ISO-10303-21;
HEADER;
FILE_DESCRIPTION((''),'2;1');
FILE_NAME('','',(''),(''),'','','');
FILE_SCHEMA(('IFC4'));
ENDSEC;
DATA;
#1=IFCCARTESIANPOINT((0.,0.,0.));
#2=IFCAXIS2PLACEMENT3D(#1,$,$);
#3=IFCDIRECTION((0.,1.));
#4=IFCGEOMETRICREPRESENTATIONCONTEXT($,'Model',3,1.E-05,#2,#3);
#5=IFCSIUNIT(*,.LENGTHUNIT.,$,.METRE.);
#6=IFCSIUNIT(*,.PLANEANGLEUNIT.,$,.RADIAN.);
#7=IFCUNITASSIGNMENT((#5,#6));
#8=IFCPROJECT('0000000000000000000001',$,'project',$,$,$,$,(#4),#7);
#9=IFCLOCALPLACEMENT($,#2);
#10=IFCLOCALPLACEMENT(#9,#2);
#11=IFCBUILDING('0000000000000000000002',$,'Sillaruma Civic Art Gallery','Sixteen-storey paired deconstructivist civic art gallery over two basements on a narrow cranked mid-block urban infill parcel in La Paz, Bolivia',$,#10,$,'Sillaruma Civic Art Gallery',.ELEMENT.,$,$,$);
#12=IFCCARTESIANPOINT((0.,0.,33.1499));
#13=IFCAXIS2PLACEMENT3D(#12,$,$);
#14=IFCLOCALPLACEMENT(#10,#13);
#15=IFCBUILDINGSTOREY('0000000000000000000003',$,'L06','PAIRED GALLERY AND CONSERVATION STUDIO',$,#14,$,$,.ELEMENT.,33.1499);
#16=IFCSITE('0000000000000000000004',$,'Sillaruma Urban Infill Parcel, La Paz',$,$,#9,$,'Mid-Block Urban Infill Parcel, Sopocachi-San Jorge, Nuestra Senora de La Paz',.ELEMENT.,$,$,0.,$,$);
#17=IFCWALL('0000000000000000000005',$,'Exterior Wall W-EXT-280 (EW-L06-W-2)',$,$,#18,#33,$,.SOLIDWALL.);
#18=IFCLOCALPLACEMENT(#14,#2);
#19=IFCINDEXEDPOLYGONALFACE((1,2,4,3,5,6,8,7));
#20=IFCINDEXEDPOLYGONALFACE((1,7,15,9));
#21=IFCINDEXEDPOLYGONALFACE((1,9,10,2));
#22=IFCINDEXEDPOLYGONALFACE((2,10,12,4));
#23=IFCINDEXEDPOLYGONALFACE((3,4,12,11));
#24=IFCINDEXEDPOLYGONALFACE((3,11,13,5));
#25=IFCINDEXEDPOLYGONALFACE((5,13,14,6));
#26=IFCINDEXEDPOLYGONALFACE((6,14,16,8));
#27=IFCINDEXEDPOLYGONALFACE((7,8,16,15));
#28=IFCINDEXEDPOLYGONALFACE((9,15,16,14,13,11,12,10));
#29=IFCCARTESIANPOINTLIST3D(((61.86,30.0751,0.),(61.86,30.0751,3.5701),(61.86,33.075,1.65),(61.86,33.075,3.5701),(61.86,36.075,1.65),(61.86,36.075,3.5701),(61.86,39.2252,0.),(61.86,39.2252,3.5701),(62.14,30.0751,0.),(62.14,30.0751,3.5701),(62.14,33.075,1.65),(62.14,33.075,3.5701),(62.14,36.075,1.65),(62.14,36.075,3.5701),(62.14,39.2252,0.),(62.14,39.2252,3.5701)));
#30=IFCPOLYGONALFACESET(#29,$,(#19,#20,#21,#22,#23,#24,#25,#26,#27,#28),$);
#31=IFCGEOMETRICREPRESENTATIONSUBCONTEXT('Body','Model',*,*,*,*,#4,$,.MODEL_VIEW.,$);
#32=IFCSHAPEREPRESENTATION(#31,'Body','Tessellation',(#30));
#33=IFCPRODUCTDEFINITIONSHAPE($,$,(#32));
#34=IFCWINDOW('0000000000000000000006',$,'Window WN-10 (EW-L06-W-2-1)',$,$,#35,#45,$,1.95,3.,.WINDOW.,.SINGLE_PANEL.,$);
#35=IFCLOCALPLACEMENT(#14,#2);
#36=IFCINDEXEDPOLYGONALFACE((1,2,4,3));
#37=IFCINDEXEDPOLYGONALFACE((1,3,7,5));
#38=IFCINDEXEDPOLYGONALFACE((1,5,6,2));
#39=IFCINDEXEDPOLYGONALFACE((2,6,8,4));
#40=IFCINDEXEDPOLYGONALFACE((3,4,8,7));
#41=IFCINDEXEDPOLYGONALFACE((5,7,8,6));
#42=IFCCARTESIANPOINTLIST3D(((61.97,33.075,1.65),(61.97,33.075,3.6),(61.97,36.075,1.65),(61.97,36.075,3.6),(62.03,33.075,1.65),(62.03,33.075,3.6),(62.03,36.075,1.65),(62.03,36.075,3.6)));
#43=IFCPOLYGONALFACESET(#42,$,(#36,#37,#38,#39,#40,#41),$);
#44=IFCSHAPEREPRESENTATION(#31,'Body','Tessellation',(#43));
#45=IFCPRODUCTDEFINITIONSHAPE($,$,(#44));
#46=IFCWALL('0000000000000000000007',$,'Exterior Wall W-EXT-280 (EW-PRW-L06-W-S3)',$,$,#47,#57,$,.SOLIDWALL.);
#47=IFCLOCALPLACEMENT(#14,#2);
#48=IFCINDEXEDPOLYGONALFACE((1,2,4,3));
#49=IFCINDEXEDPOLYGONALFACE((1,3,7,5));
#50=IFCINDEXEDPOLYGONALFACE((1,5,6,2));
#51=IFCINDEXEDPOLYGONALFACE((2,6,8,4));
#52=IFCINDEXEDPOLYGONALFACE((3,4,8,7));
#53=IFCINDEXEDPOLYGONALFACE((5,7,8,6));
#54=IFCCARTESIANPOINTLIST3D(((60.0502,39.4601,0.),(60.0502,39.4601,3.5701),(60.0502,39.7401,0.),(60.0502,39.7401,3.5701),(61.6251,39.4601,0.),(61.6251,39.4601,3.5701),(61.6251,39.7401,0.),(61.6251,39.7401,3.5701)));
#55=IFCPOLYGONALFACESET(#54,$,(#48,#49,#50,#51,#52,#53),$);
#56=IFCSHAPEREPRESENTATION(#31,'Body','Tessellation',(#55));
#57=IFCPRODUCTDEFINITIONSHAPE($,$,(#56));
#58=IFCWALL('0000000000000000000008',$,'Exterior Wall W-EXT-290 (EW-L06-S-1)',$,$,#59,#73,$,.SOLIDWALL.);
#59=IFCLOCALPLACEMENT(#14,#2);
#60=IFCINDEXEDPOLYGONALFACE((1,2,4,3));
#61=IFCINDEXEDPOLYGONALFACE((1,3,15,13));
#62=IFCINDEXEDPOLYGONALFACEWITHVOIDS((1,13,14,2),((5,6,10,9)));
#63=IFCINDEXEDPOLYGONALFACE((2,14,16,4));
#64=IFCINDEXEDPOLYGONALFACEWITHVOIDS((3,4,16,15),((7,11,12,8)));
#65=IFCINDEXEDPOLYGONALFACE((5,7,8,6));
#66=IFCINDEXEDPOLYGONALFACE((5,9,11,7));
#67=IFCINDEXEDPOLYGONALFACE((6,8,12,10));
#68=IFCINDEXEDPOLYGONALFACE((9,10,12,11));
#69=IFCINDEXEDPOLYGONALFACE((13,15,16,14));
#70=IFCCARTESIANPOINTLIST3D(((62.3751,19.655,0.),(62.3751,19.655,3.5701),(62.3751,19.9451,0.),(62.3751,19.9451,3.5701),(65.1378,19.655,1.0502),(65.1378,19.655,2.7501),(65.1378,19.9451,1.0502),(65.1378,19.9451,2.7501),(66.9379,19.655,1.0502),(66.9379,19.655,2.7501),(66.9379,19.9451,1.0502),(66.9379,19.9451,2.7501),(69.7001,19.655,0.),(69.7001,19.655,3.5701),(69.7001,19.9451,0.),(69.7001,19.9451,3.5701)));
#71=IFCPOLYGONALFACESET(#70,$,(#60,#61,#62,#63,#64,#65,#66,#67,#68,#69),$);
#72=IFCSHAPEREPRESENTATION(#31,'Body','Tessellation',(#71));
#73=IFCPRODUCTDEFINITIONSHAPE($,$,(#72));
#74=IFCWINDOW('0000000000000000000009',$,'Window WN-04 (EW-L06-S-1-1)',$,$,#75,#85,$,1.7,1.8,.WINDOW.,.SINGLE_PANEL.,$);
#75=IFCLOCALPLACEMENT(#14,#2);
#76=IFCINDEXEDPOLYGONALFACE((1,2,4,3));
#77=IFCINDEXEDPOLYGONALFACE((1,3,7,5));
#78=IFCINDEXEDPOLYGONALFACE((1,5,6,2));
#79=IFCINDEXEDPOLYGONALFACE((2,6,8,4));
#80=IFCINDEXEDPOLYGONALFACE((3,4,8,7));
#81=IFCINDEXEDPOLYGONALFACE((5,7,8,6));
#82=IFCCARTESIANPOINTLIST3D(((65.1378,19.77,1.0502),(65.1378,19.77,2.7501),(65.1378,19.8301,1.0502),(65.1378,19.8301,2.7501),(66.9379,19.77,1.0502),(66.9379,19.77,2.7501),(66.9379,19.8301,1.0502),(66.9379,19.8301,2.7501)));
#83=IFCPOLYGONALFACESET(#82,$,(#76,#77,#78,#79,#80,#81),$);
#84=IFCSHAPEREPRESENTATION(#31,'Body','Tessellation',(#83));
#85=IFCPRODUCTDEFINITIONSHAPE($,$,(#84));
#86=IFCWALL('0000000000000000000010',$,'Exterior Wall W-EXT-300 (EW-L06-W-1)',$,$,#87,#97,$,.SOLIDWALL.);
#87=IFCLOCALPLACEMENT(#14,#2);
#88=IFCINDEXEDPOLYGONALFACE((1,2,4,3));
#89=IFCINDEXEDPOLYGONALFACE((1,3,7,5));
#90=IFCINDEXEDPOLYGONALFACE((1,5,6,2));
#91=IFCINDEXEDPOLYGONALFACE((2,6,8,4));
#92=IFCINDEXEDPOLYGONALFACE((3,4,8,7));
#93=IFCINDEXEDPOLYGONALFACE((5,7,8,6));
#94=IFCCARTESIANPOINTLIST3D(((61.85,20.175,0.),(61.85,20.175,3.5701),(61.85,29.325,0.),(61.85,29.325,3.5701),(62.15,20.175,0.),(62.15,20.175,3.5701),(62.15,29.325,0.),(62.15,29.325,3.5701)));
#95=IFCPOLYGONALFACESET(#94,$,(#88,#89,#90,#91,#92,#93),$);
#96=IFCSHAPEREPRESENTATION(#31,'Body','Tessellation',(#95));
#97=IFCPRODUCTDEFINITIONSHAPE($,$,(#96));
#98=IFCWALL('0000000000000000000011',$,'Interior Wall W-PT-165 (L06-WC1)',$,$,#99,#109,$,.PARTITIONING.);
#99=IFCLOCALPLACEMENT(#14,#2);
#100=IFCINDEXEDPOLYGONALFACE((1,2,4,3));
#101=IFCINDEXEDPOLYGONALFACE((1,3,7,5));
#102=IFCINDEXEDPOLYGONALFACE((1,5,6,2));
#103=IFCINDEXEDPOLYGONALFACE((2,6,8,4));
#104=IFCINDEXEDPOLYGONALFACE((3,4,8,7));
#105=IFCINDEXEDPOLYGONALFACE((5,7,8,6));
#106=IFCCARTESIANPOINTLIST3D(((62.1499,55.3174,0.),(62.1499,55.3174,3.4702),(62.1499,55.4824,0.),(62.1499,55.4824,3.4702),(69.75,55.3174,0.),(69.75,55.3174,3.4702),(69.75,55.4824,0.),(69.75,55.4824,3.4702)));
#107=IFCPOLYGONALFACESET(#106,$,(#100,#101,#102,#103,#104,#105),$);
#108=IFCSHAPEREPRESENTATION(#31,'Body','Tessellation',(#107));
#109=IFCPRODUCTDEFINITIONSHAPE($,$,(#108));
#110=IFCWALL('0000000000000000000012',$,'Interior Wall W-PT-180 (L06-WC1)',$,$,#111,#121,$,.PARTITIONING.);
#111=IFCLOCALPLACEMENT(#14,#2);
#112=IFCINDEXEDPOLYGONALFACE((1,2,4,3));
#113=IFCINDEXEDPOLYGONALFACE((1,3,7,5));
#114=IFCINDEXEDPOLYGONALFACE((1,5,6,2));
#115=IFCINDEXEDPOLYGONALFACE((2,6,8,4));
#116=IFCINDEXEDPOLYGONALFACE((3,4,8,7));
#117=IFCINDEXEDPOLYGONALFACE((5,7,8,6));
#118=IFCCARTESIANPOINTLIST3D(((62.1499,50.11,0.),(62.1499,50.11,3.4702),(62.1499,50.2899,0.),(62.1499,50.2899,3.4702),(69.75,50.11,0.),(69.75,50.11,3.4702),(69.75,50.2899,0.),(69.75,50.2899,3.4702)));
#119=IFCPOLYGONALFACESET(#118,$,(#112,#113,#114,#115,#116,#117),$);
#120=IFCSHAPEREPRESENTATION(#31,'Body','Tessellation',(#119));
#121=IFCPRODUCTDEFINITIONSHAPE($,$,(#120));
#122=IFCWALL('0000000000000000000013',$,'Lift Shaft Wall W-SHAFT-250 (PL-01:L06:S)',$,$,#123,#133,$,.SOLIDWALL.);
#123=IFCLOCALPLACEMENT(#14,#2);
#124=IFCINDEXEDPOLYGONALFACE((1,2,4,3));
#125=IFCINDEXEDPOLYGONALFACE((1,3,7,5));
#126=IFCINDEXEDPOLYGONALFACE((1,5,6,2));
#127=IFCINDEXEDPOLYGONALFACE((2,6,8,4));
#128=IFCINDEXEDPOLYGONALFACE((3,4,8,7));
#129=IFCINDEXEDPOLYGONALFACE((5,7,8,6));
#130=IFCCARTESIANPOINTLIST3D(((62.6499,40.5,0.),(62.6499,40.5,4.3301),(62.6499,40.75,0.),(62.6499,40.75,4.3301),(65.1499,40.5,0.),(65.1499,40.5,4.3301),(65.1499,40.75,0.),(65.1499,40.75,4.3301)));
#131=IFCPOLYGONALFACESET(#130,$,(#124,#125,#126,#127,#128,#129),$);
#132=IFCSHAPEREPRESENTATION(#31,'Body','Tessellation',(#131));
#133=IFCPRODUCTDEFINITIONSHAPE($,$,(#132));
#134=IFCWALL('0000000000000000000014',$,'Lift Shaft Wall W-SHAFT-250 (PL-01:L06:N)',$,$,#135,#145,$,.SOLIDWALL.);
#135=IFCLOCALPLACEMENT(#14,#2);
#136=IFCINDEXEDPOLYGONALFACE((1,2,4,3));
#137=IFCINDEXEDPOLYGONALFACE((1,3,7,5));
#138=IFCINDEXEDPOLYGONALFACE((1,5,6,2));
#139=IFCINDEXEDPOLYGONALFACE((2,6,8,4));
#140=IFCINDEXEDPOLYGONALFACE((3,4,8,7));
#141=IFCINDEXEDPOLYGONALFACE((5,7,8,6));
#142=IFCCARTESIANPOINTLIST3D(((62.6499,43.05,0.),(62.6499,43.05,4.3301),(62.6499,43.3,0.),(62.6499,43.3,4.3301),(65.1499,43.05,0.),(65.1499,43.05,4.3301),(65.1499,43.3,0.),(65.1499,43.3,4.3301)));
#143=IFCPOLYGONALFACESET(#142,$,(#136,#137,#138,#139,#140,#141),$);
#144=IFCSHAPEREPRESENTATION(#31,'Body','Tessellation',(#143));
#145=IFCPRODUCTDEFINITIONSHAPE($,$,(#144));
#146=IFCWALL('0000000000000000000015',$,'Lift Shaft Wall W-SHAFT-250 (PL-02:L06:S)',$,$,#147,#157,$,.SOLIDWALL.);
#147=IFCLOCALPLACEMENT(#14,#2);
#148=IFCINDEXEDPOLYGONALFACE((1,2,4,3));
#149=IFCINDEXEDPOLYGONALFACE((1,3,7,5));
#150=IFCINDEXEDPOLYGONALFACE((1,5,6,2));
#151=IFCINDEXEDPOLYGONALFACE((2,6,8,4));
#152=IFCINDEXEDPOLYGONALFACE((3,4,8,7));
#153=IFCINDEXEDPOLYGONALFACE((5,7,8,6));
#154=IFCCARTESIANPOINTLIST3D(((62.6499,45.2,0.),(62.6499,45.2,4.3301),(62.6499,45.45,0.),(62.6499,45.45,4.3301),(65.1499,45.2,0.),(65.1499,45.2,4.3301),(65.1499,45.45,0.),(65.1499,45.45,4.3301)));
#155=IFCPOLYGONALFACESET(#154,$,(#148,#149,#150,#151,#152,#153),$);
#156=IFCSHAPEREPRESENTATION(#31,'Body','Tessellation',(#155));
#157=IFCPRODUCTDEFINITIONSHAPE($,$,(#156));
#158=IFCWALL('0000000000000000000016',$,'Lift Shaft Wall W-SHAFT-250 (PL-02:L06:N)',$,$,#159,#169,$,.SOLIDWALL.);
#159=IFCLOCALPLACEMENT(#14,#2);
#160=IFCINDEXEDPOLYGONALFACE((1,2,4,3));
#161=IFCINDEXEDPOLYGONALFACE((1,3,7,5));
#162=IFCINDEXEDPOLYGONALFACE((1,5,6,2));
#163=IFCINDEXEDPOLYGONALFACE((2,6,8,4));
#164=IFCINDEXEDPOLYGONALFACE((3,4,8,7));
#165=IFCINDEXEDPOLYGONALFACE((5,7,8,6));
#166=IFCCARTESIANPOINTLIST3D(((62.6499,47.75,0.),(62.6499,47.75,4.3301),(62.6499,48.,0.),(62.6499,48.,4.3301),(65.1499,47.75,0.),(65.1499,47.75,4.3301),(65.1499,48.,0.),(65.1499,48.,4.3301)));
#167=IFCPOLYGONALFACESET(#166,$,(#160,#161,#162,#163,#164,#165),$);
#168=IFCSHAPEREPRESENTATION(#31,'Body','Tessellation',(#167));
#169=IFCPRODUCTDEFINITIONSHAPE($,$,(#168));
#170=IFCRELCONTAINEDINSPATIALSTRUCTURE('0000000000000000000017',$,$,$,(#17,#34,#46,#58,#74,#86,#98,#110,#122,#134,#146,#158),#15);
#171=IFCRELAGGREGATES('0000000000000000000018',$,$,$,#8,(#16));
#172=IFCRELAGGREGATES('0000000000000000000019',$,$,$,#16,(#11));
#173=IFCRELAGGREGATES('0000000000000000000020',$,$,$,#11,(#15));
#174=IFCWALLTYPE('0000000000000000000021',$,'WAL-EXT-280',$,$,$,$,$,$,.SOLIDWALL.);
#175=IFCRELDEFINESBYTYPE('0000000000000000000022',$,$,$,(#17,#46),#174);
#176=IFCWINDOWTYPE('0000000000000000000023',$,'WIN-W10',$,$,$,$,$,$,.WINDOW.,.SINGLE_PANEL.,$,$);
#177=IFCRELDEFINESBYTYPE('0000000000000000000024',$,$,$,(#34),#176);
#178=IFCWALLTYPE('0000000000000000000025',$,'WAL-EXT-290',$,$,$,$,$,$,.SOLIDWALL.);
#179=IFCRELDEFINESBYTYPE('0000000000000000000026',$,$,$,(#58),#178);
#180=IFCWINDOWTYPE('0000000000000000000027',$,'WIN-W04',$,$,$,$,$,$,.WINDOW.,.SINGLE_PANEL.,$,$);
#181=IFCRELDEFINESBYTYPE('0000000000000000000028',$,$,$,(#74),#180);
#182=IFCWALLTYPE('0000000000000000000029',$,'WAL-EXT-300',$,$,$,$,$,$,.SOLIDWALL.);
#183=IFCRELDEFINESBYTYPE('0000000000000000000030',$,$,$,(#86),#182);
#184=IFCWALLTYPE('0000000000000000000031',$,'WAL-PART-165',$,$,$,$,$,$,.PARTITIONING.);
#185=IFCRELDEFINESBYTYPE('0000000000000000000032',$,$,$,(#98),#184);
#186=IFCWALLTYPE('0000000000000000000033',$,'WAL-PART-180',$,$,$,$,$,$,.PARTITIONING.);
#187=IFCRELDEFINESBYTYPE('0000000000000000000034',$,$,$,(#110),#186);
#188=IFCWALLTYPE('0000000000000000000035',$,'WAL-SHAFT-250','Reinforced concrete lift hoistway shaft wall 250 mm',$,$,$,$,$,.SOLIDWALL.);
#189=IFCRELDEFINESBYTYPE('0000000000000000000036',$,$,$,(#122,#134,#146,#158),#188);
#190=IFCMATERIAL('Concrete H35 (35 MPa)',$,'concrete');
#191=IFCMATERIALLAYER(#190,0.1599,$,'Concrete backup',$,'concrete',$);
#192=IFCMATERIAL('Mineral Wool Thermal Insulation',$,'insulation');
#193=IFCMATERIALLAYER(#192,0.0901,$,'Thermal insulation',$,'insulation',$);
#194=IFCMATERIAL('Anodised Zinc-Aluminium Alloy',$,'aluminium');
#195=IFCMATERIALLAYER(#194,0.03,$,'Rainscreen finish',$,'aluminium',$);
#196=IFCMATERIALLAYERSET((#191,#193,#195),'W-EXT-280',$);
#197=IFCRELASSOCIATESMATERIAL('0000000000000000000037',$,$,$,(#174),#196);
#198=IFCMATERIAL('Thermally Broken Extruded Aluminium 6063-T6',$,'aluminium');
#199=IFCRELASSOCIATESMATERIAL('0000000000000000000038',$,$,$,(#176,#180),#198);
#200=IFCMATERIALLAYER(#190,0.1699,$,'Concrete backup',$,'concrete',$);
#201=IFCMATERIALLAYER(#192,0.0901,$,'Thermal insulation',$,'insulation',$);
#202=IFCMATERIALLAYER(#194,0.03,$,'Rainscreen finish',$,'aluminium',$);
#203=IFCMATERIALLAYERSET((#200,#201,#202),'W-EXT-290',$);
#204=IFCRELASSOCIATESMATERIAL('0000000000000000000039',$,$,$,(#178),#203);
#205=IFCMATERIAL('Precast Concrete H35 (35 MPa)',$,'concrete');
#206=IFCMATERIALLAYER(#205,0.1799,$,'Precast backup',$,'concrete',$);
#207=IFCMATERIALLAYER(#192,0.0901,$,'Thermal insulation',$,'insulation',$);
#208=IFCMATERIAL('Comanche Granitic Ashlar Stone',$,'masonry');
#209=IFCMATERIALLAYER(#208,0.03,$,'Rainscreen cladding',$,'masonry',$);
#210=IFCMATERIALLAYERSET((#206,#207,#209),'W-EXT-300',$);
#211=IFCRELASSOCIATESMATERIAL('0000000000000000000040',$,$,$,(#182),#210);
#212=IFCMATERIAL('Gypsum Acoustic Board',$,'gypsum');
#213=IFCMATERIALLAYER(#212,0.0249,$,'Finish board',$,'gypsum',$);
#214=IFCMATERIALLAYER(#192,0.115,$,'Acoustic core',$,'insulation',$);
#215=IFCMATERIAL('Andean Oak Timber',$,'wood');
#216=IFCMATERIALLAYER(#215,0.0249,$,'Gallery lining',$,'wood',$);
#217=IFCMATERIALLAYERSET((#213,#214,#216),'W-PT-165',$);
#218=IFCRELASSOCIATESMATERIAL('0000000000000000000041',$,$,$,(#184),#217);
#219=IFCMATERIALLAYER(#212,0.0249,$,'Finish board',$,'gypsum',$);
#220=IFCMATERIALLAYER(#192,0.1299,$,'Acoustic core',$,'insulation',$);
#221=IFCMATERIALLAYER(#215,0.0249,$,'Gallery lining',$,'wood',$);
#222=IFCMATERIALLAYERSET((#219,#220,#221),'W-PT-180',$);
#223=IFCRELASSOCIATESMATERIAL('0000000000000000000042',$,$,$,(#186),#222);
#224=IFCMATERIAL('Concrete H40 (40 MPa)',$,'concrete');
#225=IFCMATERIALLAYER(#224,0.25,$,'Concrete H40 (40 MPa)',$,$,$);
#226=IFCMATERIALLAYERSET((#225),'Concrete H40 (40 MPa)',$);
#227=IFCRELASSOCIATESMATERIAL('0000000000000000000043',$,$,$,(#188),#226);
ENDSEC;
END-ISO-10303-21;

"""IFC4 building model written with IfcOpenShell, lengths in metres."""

from ifc_helpers import new_model, si_unit, direction, frame, frame_2d, origin, place, context, subcontext, project, spatial, rectangle, extrude, material, layer, layer_set, type_object, element, fill, save


model = new_model("IFC4")

# Units and contexts
model_context = context("Model", 3, precision=1e-05, world=origin(), true_north=direction((0.0, 1.0)))
body_context = subcontext(model_context, "Body", "Model", "MODEL_VIEW")
ifc_project = project(units=[si_unit("LENGTHUNIT", "METRE"), si_unit("PLANEANGLEUNIT", "RADIAN")], contexts=[model_context])

# Site, building, storey
site_placement = place(None, origin())
site = spatial("IfcSite", under=ifc_project, at=site_placement, Name="Sillaruma Urban Infill Parcel, La Paz", LongName="Mid-Block Urban Infill Parcel, Sopocachi-San Jorge, Nuestra Senora de La Paz", CompositionType="ELEMENT", RefElevation=0.0)
building_placement = place(site_placement, origin())
building = spatial("IfcBuilding", under=site, at=building_placement, Name="Sillaruma Civic Art Gallery", Description="Sixteen-storey paired deconstructivist civic art gallery over two basements on a narrow cranked mid-block urban infill parcel in La Paz, Bolivia", LongName="Sillaruma Civic Art Gallery", CompositionType="ELEMENT")
storey_placement = place(building_placement, frame((0.0, 0.0, 33.1499)))
storey = spatial("IfcBuildingStorey", under=building, at=storey_placement, Name="L06", Description="PAIRED GALLERY AND CONSERVATION STUDIO", CompositionType="ELEMENT", Elevation=33.1499)

# Shared definitions
ifc_material_1 = material(Name="Concrete H40 (40 MPa)", Category="concrete")

# Shared definitions
ifc_material_2 = material(Name="Concrete H35 (35 MPa)", Category="concrete")

# Shared definitions
ifc_material_3 = material(Name="Thermally Broken Extruded Aluminium 6063-T6", Category="aluminium")

# Wall, opening, window
ifc_layer_1 = layer(ifc_material_2, 0.1599, Name="Concrete backup", Category="concrete")
ifc_material_4 = material(Name="Mineral Wool Thermal Insulation", Category="insulation")
ifc_layer_2 = layer(ifc_material_4, 0.0901, Name="Thermal insulation", Category="insulation")
ifc_material_5 = material(Name="Anodised Zinc-Aluminium Alloy", Category="aluminium")
ifc_layer_3 = layer(ifc_material_5, 0.03, Name="Rainscreen finish", Category="aluminium")
ifc_layer_set_1 = layer_set([ifc_layer_1, ifc_layer_2, ifc_layer_3], Name="W-EXT-280")
wall_type_1 = type_object("IfcWallType", Name="WAL-EXT-280", PredefinedType="SOLIDWALL", material=ifc_layer_set_1)
wall_1_placement = place(storey_placement, frame((62.0, 30.075, 0.0), z_axis=(0.0, 0.0, 1.0), x_axis=(0.0, 1.0, 0.0)))
wall_1 = element("IfcWall", 1, at=wall_1_placement, inside=storey, type_object=wall_type_1, Name="Exterior Wall W-EXT-280 (EW-L06-W-2)", PredefinedType="SOLIDWALL", context=body_context, shape_type="SweptSolid", body=[
    extrude(rectangle(XDim=9.1501, YDim=0.28, at=frame_2d((4.5752, 0.0))), origin(), (0.0, 0.0, 1.0), 3.5701),
])
opening_1_placement = place(wall_1_placement, frame((3.0, 0.0, 1.6499)))
opening_1 = element("IfcOpeningElement", 2, at=opening_1_placement, cuts=wall_1, PredefinedType="OPENING", context=body_context, shape_type="SweptSolid", body=[
    extrude(rectangle(XDim=3.0, YDim=1.95, at=frame_2d((1.5, 0.9751))), frame((0.0, 0.1499, 0.0), z_axis=(0.0, -1.0, 0.0), x_axis=(1.0, 0.0, 0.0)), (0.0, 0.0, 1.0), 0.3),
])
window_type_1 = type_object("IfcWindowType", Name="WIN-W10", PartitioningType="SINGLE_PANEL", PredefinedType="WINDOW", material=ifc_material_3)
window_1_placement = place(opening_1_placement, origin())
window_1 = element("IfcWindow", 3, at=window_1_placement, inside=storey, type_object=window_type_1, Name="Window WN-10 (EW-L06-W-2-1)", OverallHeight=1.95, OverallWidth=3.0, PartitioningType="SINGLE_PANEL", PredefinedType="WINDOW", context=body_context, shape_type="SweptSolid", body=[
    extrude(rectangle(XDim=3.0, YDim=1.95, at=frame_2d((1.5, 0.9751))), frame((0.0, 0.03, 0.0), z_axis=(0.0, -1.0, 0.0), x_axis=(1.0, 0.0, 0.0)), (0.0, 0.0, 1.0), 0.0601),
])
fill(opening_1, window_1)

# Wall
wall_2_placement = place(storey_placement, frame((60.05, 39.6001, 0.0), z_axis=(0.0, 0.0, 1.0), x_axis=(1.0, 0.0, 0.0)))
element("IfcWall", 4, at=wall_2_placement, inside=storey, type_object=wall_type_1, Name="Exterior Wall W-EXT-280 (EW-PRW-L06-W-S3)", PredefinedType="SOLIDWALL", context=body_context, shape_type="SweptSolid", body=[
    extrude(rectangle(XDim=1.575, YDim=0.28, at=frame_2d((0.7876, 0.0))), origin(), (0.0, 0.0, 1.0), 3.5701),
])

# Wall, opening, window
ifc_layer_4 = layer(ifc_material_2, 0.1699, Name="Concrete backup", Category="concrete")
ifc_layer_5 = layer(ifc_material_4, 0.0901, Name="Thermal insulation", Category="insulation")
ifc_layer_6 = layer(ifc_material_5, 0.03, Name="Rainscreen finish", Category="aluminium")
ifc_layer_set_2 = layer_set([ifc_layer_4, ifc_layer_5, ifc_layer_6], Name="W-EXT-290")
wall_type_2 = type_object("IfcWallType", Name="WAL-EXT-290", PredefinedType="SOLIDWALL", material=ifc_layer_set_2)
wall_3_placement = place(storey_placement, frame((62.375, 19.8, 0.0), z_axis=(0.0, 0.0, 1.0), x_axis=(1.0, 0.0, 0.0)))
wall_3 = element("IfcWall", 5, at=wall_3_placement, inside=storey, type_object=wall_type_2, Name="Exterior Wall W-EXT-290 (EW-L06-S-1)", PredefinedType="SOLIDWALL", context=body_context, shape_type="SweptSolid", body=[
    extrude(rectangle(XDim=7.325, YDim=0.29, at=frame_2d((3.6626, 0.0))), origin(), (0.0, 0.0, 1.0), 3.5701),
])
opening_2_placement = place(wall_3_placement, frame((2.7629, 0.0, 1.05)))
opening_2 = element("IfcOpeningElement", 6, at=opening_2_placement, cuts=wall_3, PredefinedType="OPENING", context=body_context, shape_type="SweptSolid", body=[
    extrude(rectangle(XDim=1.8, YDim=1.7, at=frame_2d((0.8999, 0.8501))), frame((0.0, 0.155, 0.0), z_axis=(0.0, -1.0, 0.0), x_axis=(1.0, 0.0, 0.0)), (0.0, 0.0, 1.0), 0.3101),
])
window_type_2 = type_object("IfcWindowType", Name="WIN-W04", PartitioningType="SINGLE_PANEL", PredefinedType="WINDOW", material=ifc_material_3)
window_2_placement = place(opening_2_placement, origin())
window_2 = element("IfcWindow", 7, at=window_2_placement, inside=storey, type_object=window_type_2, Name="Window WN-04 (EW-L06-S-1-1)", OverallHeight=1.7, OverallWidth=1.8, PartitioningType="SINGLE_PANEL", PredefinedType="WINDOW", context=body_context, shape_type="SweptSolid", body=[
    extrude(rectangle(XDim=1.8, YDim=1.7, at=frame_2d((0.8999, 0.8501))), frame((0.0, 0.03, 0.0), z_axis=(0.0, -1.0, 0.0), x_axis=(1.0, 0.0, 0.0)), (0.0, 0.0, 1.0), 0.0601),
])
fill(opening_2, window_2)

# Walls
ifc_material_6 = material(Name="Precast Concrete H35 (35 MPa)", Category="concrete")
ifc_layer_7 = layer(ifc_material_6, 0.1799, Name="Precast backup", Category="concrete")
ifc_layer_8 = layer(ifc_material_4, 0.0901, Name="Thermal insulation", Category="insulation")
ifc_material_7 = material(Name="Comanche Granitic Ashlar Stone", Category="masonry")
ifc_layer_9 = layer(ifc_material_7, 0.03, Name="Rainscreen cladding", Category="masonry")
ifc_layer_set_3 = layer_set([ifc_layer_7, ifc_layer_8, ifc_layer_9], Name="W-EXT-300")
wall_type_3 = type_object("IfcWallType", Name="WAL-EXT-300", PredefinedType="SOLIDWALL", material=ifc_layer_set_3)
wall_4_placement = place(storey_placement, frame((62.0, 20.175, 0.0), z_axis=(0.0, 0.0, 1.0), x_axis=(0.0, 1.0, 0.0)))
element("IfcWall", 8, at=wall_4_placement, inside=storey, type_object=wall_type_3, Name="Exterior Wall W-EXT-300 (EW-L06-W-1)", PredefinedType="SOLIDWALL", context=body_context, shape_type="SweptSolid", body=[
    extrude(rectangle(XDim=9.1499, YDim=0.3, at=frame_2d((4.575, 0.0))), origin(), (0.0, 0.0, 1.0), 3.5701),
])
ifc_material_8 = material(Name="Gypsum Acoustic Board", Category="gypsum")
ifc_layer_10 = layer(ifc_material_8, 0.0249, Name="Finish board", Category="gypsum")
ifc_layer_11 = layer(ifc_material_4, 0.115, Name="Acoustic core", Category="insulation")
ifc_material_9 = material(Name="Andean Oak Timber", Category="wood")
ifc_layer_12 = layer(ifc_material_9, 0.0249, Name="Gallery lining", Category="wood")
ifc_layer_set_4 = layer_set([ifc_layer_10, ifc_layer_11, ifc_layer_12], Name="W-PT-165")
wall_type_4 = type_object("IfcWallType", Name="WAL-PART-165", PredefinedType="PARTITIONING", material=ifc_layer_set_4)
wall_5_placement = place(storey_placement, frame((62.1499, 55.3999, 0.0), z_axis=(0.0, 0.0, 1.0), x_axis=(1.0, 0.0, 0.0)))
element("IfcWall", 9, at=wall_5_placement, inside=storey, type_object=wall_type_4, Name="Interior Wall W-PT-165 (L06-WC1)", PredefinedType="PARTITIONING", context=body_context, shape_type="SweptSolid", body=[
    extrude(rectangle(XDim=7.6001, YDim=0.165, at=frame_2d((3.8, 0.0))), origin(), (0.0, 0.0, 1.0), 3.4702),
])
ifc_layer_13 = layer(ifc_material_8, 0.0249, Name="Finish board", Category="gypsum")
ifc_layer_14 = layer(ifc_material_4, 0.1299, Name="Acoustic core", Category="insulation")
ifc_layer_15 = layer(ifc_material_9, 0.0249, Name="Gallery lining", Category="wood")
ifc_layer_set_5 = layer_set([ifc_layer_13, ifc_layer_14, ifc_layer_15], Name="W-PT-180")
wall_type_5 = type_object("IfcWallType", Name="WAL-PART-180", PredefinedType="PARTITIONING", material=ifc_layer_set_5)
wall_6_placement = place(storey_placement, frame((62.1499, 50.2, 0.0), z_axis=(0.0, 0.0, 1.0), x_axis=(1.0, 0.0, 0.0)))
element("IfcWall", 10, at=wall_6_placement, inside=storey, type_object=wall_type_5, Name="Interior Wall W-PT-180 (L06-WC1)", PredefinedType="PARTITIONING", context=body_context, shape_type="SweptSolid", body=[
    extrude(rectangle(XDim=7.6001, YDim=0.1799, at=frame_2d((3.8, 0.0))), origin(), (0.0, 0.0, 1.0), 3.4702),
])
ifc_layer_16 = layer(ifc_material_1, 0.25, Name="Concrete H40 (40 MPa)")
ifc_layer_set_6 = layer_set([ifc_layer_16], Name="Concrete H40 (40 MPa)")
wall_type_6 = type_object("IfcWallType", Name="WAL-SHAFT-250", Description="Reinforced concrete lift hoistway shaft wall 250 mm", PredefinedType="SOLIDWALL", material=ifc_layer_set_6)
for number, where, z_axis, x_axis, name in (
    (11, (62.6499, 40.625, 0.0), (0.0, 0.0, 1.0), (1.0, 0.0, 0.0), "Lift Shaft Wall W-SHAFT-250 (PL-01:L06:S)"),
    (12, (62.6499, 43.175, 0.0), (0.0, 0.0, 1.0), (1.0, 0.0, 0.0), "Lift Shaft Wall W-SHAFT-250 (PL-01:L06:N)"),
    (13, (62.6499, 45.325, 0.0), (0.0, 0.0, 1.0), (1.0, 0.0, 0.0), "Lift Shaft Wall W-SHAFT-250 (PL-02:L06:S)"),
    (14, (62.6499, 47.875, 0.0), (0.0, 0.0, 1.0), (1.0, 0.0, 0.0), "Lift Shaft Wall W-SHAFT-250 (PL-02:L06:N)"),
):
    element("IfcWall", number, at=place(storey_placement, frame(where, z_axis=z_axis, x_axis=x_axis)), inside=storey, type_object=wall_type_6, Name=name, PredefinedType="SOLIDWALL", context=body_context, shape_type="SweptSolid", body=[
        extrude(rectangle(XDim=2.5, YDim=0.25, at=frame_2d((1.25, 0.0))), origin(), (0.0, 0.0, 1.0), 4.3301),
    ])

save(model, "model.ifc")
